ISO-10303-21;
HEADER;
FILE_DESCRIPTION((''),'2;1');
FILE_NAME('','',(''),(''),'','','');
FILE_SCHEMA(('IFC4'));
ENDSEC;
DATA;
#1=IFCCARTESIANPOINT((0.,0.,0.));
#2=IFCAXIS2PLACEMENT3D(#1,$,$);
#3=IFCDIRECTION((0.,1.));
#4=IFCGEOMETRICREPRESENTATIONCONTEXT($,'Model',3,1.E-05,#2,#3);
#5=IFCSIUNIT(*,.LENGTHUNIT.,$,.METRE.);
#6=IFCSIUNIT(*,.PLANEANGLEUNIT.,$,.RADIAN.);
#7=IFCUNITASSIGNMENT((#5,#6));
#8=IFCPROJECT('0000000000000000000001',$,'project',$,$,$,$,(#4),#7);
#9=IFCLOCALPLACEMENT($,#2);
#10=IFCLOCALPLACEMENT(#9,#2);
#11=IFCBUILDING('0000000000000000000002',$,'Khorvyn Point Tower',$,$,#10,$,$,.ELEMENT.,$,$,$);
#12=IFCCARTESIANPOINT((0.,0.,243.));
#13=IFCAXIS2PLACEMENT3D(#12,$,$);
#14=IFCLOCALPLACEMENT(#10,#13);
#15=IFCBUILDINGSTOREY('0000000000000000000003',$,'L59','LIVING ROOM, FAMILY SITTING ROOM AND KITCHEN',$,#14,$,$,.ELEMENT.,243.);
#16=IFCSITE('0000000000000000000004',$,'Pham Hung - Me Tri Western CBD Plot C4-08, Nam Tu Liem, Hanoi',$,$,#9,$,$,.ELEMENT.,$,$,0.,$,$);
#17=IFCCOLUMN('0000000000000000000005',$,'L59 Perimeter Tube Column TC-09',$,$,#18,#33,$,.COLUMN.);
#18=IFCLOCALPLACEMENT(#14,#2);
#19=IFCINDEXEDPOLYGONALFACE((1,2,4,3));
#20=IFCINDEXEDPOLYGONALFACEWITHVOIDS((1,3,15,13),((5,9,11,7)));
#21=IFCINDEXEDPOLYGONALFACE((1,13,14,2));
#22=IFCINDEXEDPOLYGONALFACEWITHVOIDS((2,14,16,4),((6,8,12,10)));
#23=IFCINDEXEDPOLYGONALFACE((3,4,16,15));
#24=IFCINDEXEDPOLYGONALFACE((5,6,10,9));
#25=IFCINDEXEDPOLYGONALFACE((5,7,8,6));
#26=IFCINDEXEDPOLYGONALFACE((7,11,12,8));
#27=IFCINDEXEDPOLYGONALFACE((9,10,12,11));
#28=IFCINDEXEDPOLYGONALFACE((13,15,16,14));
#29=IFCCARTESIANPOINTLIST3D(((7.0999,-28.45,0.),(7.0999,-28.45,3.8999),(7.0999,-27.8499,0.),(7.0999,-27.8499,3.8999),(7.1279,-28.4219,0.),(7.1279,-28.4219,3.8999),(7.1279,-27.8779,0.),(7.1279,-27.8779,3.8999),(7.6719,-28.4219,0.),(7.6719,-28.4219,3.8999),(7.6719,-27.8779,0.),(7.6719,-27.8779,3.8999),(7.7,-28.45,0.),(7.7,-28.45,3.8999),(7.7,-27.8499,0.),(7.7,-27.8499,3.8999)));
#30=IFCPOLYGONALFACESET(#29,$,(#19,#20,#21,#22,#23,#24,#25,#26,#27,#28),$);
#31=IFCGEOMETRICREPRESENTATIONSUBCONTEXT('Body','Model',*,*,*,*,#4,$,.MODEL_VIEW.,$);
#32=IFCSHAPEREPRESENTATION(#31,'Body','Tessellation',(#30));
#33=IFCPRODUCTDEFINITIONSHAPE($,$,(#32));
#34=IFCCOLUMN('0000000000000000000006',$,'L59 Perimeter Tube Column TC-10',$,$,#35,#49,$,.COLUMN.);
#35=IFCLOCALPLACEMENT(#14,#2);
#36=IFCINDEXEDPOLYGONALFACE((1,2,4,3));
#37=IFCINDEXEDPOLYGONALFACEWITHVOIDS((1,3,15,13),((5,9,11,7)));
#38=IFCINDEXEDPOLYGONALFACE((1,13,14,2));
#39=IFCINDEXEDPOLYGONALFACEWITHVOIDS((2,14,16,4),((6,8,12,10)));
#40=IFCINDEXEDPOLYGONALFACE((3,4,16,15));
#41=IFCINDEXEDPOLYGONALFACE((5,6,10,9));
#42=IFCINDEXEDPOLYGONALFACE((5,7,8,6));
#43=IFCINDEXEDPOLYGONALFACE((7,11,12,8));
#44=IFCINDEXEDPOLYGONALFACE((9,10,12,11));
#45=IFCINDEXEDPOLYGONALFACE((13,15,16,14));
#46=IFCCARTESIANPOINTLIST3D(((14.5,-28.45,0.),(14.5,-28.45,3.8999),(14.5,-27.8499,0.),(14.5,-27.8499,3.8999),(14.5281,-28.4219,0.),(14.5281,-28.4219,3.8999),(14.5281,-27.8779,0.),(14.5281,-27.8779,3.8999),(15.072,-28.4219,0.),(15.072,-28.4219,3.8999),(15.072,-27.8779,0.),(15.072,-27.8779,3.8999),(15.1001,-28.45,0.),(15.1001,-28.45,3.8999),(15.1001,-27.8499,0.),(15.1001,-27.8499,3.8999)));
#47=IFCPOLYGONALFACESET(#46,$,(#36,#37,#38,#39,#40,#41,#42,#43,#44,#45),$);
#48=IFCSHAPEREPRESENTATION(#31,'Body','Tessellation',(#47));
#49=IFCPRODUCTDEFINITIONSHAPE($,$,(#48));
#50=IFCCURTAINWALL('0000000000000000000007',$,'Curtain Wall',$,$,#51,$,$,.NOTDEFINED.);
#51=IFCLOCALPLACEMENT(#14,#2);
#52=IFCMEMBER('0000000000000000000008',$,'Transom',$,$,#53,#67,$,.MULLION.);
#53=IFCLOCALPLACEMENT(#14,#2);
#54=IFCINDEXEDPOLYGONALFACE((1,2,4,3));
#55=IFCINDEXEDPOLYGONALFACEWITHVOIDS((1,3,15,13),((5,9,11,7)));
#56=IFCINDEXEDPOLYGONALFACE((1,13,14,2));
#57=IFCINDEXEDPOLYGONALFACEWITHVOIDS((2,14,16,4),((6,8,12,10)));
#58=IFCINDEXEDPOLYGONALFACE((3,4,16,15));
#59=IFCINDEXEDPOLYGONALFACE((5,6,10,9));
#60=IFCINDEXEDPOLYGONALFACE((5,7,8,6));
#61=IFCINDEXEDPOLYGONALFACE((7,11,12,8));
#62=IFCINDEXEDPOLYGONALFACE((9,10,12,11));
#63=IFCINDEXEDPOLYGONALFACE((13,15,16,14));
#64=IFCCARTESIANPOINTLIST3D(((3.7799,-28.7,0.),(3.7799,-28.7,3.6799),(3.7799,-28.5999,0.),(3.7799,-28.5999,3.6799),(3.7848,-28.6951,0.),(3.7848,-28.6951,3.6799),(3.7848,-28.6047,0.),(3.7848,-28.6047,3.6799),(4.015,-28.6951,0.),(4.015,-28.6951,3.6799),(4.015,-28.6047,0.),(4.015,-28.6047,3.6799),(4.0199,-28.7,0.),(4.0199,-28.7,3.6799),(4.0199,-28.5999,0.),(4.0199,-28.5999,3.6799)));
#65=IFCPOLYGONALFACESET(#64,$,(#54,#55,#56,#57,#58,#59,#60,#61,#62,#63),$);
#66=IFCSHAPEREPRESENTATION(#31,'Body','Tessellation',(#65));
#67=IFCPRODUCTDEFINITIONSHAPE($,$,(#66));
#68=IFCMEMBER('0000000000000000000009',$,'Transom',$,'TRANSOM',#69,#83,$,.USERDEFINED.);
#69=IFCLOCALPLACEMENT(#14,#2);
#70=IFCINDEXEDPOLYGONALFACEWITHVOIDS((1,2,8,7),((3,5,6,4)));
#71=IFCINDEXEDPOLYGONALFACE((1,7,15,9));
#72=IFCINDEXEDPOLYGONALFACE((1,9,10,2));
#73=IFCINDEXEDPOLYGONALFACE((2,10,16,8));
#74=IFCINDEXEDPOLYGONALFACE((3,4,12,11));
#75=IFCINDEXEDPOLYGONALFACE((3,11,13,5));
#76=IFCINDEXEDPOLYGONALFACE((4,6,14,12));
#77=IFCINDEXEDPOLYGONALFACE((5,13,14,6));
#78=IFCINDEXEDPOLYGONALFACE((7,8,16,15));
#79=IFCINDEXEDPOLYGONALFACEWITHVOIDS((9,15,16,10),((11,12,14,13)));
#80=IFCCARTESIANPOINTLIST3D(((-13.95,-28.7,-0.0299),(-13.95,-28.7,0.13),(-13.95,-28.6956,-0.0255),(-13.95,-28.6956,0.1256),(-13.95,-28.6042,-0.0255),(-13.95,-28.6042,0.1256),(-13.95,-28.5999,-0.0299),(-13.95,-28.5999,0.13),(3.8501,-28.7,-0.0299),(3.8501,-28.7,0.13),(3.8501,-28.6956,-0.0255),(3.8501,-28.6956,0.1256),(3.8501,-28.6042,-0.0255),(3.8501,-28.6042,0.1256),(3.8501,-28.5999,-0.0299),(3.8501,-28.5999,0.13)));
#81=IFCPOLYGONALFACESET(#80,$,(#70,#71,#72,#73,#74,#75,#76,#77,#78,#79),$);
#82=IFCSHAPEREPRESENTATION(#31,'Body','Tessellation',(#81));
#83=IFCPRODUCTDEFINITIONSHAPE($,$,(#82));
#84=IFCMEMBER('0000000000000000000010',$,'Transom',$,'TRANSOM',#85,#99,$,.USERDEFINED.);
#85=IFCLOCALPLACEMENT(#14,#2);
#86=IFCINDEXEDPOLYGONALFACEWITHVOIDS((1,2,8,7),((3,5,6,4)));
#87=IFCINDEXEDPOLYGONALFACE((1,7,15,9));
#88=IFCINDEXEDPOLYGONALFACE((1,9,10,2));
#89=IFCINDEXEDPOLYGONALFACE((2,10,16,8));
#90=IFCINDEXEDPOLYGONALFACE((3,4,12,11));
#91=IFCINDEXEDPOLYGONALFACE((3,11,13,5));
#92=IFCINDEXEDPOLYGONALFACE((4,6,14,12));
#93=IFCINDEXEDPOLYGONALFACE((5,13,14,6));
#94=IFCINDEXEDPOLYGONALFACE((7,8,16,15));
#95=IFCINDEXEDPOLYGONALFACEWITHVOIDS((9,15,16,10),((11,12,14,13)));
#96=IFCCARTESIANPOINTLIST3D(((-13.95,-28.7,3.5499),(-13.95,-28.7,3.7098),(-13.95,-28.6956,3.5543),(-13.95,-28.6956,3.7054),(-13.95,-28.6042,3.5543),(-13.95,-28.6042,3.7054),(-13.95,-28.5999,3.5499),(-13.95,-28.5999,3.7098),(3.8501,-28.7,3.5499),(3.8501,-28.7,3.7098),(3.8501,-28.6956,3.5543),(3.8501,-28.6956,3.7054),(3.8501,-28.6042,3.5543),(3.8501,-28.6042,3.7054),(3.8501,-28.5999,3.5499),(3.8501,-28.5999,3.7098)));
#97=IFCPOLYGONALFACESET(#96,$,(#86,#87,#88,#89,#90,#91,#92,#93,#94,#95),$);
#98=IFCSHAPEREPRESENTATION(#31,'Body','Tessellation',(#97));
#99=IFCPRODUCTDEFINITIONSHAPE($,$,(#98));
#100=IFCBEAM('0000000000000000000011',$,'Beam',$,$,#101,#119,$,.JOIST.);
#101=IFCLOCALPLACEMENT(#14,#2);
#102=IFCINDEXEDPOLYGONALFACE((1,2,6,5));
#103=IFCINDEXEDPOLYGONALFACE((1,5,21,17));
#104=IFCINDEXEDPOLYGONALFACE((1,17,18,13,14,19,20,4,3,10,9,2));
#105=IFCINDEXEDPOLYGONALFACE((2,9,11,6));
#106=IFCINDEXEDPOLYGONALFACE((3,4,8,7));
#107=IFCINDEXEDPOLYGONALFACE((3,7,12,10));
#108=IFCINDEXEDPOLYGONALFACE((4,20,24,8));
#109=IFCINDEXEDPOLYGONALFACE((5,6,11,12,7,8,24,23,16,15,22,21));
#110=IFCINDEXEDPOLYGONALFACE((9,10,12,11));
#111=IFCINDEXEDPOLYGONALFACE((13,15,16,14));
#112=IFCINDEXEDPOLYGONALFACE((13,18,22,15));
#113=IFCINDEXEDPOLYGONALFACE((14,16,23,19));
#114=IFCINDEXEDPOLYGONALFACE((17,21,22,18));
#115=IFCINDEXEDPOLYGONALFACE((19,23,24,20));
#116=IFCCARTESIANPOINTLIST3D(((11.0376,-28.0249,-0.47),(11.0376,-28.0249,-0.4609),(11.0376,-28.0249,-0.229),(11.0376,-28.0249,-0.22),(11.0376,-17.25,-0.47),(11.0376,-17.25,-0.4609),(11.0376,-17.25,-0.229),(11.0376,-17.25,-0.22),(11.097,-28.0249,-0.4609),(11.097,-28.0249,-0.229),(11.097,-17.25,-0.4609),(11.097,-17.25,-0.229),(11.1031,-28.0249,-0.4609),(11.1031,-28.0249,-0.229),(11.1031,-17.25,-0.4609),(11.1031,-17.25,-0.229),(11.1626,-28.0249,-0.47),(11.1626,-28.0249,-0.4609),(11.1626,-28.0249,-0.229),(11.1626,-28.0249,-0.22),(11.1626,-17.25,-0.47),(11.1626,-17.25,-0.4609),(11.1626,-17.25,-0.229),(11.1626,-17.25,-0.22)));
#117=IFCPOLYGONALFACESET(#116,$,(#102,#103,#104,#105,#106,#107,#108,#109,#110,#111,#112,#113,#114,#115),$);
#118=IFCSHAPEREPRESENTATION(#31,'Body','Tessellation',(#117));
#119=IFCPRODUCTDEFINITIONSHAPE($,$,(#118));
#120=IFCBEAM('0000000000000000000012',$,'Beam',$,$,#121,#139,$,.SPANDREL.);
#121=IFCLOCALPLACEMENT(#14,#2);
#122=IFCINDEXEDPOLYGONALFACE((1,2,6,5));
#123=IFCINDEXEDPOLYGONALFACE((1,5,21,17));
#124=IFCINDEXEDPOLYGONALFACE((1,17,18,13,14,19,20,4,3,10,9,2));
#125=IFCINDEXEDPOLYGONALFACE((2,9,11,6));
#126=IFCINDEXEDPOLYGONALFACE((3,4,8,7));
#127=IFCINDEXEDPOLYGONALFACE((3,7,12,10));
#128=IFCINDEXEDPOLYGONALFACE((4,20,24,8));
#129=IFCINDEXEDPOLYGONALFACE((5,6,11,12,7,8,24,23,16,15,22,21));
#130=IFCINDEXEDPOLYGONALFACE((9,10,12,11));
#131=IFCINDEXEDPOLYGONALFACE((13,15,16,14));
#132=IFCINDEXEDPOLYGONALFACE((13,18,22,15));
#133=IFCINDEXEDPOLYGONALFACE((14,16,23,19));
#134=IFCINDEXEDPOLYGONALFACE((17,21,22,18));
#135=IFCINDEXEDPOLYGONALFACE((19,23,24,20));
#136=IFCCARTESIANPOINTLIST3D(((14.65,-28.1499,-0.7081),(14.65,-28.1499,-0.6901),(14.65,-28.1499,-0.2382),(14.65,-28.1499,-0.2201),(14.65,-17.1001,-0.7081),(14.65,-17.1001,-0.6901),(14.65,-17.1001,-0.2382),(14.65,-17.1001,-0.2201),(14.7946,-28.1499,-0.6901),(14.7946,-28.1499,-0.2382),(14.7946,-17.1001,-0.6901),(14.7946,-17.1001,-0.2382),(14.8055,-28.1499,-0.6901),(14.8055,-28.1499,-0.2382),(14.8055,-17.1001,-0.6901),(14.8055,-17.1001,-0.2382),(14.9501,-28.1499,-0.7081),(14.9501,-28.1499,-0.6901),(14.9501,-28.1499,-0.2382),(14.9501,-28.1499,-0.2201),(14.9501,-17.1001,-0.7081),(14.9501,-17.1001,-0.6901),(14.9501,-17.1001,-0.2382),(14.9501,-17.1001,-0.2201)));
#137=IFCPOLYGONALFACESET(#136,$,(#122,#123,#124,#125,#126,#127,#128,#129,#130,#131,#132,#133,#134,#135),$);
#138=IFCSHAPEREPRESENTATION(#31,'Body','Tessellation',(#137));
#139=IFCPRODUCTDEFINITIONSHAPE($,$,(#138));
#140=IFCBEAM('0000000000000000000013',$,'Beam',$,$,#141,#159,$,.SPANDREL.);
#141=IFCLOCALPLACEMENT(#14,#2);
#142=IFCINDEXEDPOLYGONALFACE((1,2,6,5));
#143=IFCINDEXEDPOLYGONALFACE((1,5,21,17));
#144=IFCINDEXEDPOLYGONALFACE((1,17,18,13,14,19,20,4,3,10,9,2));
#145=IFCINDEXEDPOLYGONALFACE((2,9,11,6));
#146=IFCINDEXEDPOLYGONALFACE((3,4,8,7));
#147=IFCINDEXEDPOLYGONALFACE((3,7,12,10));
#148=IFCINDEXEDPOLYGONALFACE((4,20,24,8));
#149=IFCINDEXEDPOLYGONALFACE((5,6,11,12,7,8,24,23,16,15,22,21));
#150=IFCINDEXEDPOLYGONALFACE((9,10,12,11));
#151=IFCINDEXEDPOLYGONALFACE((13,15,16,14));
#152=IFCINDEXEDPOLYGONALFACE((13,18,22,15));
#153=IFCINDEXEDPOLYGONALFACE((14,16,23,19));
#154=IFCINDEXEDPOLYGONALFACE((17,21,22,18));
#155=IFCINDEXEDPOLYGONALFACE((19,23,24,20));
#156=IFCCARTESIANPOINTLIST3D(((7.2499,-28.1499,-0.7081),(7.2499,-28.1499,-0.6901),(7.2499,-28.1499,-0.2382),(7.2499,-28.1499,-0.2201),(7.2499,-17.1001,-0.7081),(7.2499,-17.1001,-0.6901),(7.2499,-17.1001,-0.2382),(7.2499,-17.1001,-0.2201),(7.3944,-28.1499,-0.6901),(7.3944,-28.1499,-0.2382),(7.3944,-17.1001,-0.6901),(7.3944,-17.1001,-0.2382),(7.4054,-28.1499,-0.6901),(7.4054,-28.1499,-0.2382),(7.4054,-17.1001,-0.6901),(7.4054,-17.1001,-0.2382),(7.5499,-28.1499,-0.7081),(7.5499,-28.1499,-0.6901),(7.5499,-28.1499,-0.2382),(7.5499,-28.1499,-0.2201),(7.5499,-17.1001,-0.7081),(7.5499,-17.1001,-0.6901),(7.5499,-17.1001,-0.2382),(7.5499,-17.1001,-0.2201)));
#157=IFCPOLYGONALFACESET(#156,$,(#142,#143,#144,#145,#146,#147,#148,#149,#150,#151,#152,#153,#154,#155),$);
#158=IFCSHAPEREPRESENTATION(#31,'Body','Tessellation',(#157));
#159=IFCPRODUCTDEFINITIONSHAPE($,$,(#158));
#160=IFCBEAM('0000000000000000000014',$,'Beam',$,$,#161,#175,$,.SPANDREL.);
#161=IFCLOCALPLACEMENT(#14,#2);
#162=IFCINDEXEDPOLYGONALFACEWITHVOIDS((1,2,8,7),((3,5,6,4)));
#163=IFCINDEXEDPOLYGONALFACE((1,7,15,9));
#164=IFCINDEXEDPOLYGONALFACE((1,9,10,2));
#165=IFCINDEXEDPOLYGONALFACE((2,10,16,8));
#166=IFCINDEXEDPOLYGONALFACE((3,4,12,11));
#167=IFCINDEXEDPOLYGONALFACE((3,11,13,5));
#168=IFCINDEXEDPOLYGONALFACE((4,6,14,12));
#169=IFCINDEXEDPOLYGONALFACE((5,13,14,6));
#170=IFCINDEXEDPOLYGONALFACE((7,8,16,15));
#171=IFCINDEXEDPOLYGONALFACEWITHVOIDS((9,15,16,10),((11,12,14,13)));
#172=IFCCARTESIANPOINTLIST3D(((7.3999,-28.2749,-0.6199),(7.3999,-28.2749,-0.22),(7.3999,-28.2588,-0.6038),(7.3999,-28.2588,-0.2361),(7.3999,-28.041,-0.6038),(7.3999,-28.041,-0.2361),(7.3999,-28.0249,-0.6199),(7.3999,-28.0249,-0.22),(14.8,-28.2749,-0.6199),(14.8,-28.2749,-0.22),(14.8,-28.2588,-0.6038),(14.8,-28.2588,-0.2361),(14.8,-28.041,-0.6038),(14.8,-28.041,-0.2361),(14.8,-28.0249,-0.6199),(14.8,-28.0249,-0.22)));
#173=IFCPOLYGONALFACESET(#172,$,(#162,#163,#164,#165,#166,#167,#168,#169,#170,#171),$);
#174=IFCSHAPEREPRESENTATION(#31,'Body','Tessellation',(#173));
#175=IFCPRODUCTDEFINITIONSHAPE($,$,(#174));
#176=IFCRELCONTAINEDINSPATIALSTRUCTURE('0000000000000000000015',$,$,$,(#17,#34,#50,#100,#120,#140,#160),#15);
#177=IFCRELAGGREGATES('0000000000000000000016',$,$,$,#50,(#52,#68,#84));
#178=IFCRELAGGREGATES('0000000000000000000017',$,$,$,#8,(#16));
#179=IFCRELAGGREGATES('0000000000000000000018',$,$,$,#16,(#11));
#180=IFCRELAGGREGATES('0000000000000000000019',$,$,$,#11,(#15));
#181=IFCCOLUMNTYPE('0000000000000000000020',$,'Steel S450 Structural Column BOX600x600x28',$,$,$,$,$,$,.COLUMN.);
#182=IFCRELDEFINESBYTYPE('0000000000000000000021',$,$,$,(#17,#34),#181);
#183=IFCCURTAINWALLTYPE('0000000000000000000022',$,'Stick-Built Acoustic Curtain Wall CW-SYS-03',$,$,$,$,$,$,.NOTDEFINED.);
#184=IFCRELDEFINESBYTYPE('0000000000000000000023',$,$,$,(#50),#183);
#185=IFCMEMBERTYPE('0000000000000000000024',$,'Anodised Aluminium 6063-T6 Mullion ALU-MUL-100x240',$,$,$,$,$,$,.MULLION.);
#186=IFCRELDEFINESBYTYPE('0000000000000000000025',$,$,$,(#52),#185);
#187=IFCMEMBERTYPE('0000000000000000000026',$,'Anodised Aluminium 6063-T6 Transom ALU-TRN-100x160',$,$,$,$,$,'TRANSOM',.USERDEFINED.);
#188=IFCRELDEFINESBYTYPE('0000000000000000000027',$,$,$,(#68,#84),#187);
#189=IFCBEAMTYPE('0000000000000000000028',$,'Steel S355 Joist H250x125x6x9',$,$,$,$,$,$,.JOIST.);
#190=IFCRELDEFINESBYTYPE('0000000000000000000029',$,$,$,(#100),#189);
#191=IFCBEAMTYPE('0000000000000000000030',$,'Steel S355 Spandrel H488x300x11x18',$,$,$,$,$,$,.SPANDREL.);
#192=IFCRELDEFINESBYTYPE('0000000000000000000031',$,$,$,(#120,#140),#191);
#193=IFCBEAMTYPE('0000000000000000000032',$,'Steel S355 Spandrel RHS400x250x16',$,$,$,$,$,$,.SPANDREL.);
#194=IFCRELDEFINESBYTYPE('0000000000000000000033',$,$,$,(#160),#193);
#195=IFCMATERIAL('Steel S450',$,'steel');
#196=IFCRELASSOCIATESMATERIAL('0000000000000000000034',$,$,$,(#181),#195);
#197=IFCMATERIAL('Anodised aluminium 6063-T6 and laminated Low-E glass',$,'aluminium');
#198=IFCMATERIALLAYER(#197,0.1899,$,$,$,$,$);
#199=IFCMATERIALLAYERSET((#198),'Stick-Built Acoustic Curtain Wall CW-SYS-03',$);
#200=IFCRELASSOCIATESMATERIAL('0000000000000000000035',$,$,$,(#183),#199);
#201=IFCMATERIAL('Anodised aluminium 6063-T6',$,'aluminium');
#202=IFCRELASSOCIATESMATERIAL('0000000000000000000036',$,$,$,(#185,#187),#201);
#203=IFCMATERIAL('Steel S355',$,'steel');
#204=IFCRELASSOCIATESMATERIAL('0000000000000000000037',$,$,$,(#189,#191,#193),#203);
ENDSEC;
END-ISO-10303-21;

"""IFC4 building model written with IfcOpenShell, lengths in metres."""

from ifc_helpers import new_model, si_unit, direction, frame, origin, origin_2d, place, context, subcontext, project, spatial, hollow_rectangle, i_section, extrude, material, layer, layer_set, material_profile, profile_set, type_object, element, aggregate, save


model = new_model("IFC4")

# Units and contexts
model_context = context("Model", 3, precision=1e-05, world=origin(), true_north=direction((0.0, 1.0)))
body_context = subcontext(model_context, "Body", "Model", "MODEL_VIEW")
ifc_project = project(units=[si_unit("LENGTHUNIT", "METRE"), si_unit("PLANEANGLEUNIT", "RADIAN")], contexts=[model_context])

# Site, building, storey
site_placement = place(None, origin())
site = spatial("IfcSite", under=ifc_project, at=site_placement, Name="Pham Hung - Me Tri Western CBD Plot C4-08, Nam Tu Liem, Hanoi", CompositionType="ELEMENT", RefElevation=0.0)
building_placement = place(site_placement, origin())
building = spatial("IfcBuilding", under=site, at=building_placement, Name="Khorvyn Point Tower", CompositionType="ELEMENT")
storey_placement = place(building_placement, frame((0.0, 0.0, 243.0)))
storey = spatial("IfcBuildingStorey", under=building, at=storey_placement, Name="L59", Description="LIVING ROOM, FAMILY SITTING ROOM AND KITCHEN", CompositionType="ELEMENT", Elevation=243.0)

# Columns
ifc_material_1 = material(Name="Steel S450", Category="steel")
ifc_material_profile_1 = material_profile(ifc_material_1, hollow_rectangle(XDim=0.6001, YDim=0.6001, WallThickness=0.0281, at=origin_2d()))
ifc_profile_set_1 = profile_set([ifc_material_profile_1], Name="Steel S450 BOX600x600x28")
column_type = type_object("IfcColumnType", Name="Steel S450 Structural Column BOX600x600x28", PredefinedType="COLUMN", material=ifc_profile_set_1)
for number, where, z_axis, x_axis, name in (
    (1, (7.3999, -28.1499, 0.0), (0.0, 0.0, 1.0), (1.0, 0.0, 0.0), "L59 Perimeter Tube Column TC-09"),
    (2, (14.8, -28.1499, 0.0), (0.0, 0.0, 1.0), (1.0, 0.0, 0.0), "L59 Perimeter Tube Column TC-10"),
):
    element("IfcColumn", number, at=place(storey_placement, frame(where, z_axis=z_axis, x_axis=x_axis)), inside=storey, type_object=column_type, Name=name, PredefinedType="COLUMN", context=body_context, shape_type="SweptSolid", body=[
        extrude(hollow_rectangle(XDim=0.6001, YDim=0.6001, WallThickness=0.0281, at=origin_2d()), origin(), (0.0, 0.0, 1.0), 3.8999),
    ])

# Curtain wall, members
ifc_material_2 = material(Name="Anodised aluminium 6063-T6 and laminated Low-E glass", Category="aluminium")
ifc_layer_1 = layer(ifc_material_2, 0.1899)
ifc_layer_set_1 = layer_set([ifc_layer_1], Name="Stick-Built Acoustic Curtain Wall CW-SYS-03")
curtain_wall_type = type_object("IfcCurtainWallType", Name="Stick-Built Acoustic Curtain Wall CW-SYS-03", PredefinedType="NOTDEFINED", material=ifc_layer_set_1)
curtain_wall_placement = place(storey_placement, origin())
curtain_wall = element("IfcCurtainWall", 3, at=curtain_wall_placement, inside=storey, type_object=curtain_wall_type, Name="Curtain Wall", PredefinedType="NOTDEFINED")
ifc_material_3 = material(Name="Anodised aluminium 6063-T6", Category="aluminium")
ifc_material_profile_2 = material_profile(ifc_material_3, hollow_rectangle(XDim=0.1001, YDim=0.24, WallThickness=0.0049, at=origin_2d()))
ifc_profile_set_2 = profile_set([ifc_material_profile_2], Name="Anodised aluminium 6063-T6 ALU-MUL-100x240")
member_type_1 = type_object("IfcMemberType", Name="Anodised Aluminium 6063-T6 Mullion ALU-MUL-100x240", PredefinedType="MULLION", material=ifc_profile_set_2)
member_1_placement = place(storey_placement, frame((3.8999, -28.6499, 0.0), z_axis=(0.0, 0.0, 1.0), x_axis=(0.0, -1.0, 0.0)))
member_1 = element("IfcMember", 4, at=member_1_placement, type_object=member_type_1, Name="Transom", PredefinedType="MULLION", context=body_context, shape_type="SweptSolid", body=[
    extrude(hollow_rectangle(XDim=0.1001, YDim=0.24, WallThickness=0.0049, at=origin_2d()), origin(), (0.0, 0.0, 1.0), 3.6799),
])
ifc_material_profile_3 = material_profile(ifc_material_3, hollow_rectangle(XDim=0.1001, YDim=0.1599, WallThickness=0.0044, at=origin_2d()))
ifc_profile_set_3 = profile_set([ifc_material_profile_3], Name="Anodised aluminium 6063-T6 ALU-TRN-100x160")
member_type_2 = type_object("IfcMemberType", Name="Anodised Aluminium 6063-T6 Transom ALU-TRN-100x160", ElementType="TRANSOM", PredefinedType="USERDEFINED", material=ifc_profile_set_3)
member_2_placement = place(storey_placement, frame((3.8501, -28.6499, 0.05), z_axis=(-1.0, 0.0, 0.0), x_axis=(0.0, -1.0, 0.0)))
member_2 = element("IfcMember", 5, at=member_2_placement, type_object=member_type_2, Name="Transom", ObjectType="TRANSOM", PredefinedType="USERDEFINED", context=body_context, shape_type="SweptSolid", body=[
    extrude(hollow_rectangle(XDim=0.1001, YDim=0.1599, WallThickness=0.0044, at=origin_2d()), origin(), (0.0, 0.0, 1.0), 17.8),
])
member_3_placement = place(storey_placement, frame((3.8501, -28.6499, 3.6299), z_axis=(-1.0, 0.0, 0.0), x_axis=(0.0, -1.0, 0.0)))
member_3 = element("IfcMember", 6, at=member_3_placement, type_object=member_type_2, Name="Transom", ObjectType="TRANSOM", PredefinedType="USERDEFINED", context=body_context, shape_type="SweptSolid", body=[
    extrude(hollow_rectangle(XDim=0.1001, YDim=0.1599, WallThickness=0.0044, at=origin_2d()), origin(), (0.0, 0.0, 1.0), 17.8),
])

# Beams
ifc_material_4 = material(Name="Steel S355", Category="steel")
ifc_material_profile_4 = material_profile(ifc_material_4, i_section(OverallWidth=0.125, OverallDepth=0.25, WebThickness=0.0061, FlangeThickness=0.009, at=origin_2d()))
ifc_profile_set_4 = profile_set([ifc_material_profile_4], Name="Steel S355 H250x125x6x9")
beam_type_1 = type_object("IfcBeamType", Name="Steel S355 Joist H250x125x6x9", PredefinedType="JOIST", material=ifc_profile_set_4)
beam_1_placement = place(storey_placement, frame((11.1001, -28.0249, -0.345), z_axis=(0.0, 1.0, 0.0), x_axis=(-1.0, 0.0, 0.0)))
element("IfcBeam", 7, at=beam_1_placement, inside=storey, type_object=beam_type_1, Name="Beam", PredefinedType="JOIST", context=body_context, shape_type="SweptSolid", body=[
    extrude(i_section(OverallWidth=0.125, OverallDepth=0.25, WebThickness=0.0061, FlangeThickness=0.009, at=origin_2d()), origin(), (0.0, 0.0, 1.0), 10.7749),
])
ifc_material_profile_5 = material_profile(ifc_material_4, i_section(OverallWidth=0.3, OverallDepth=0.488, WebThickness=0.011, FlangeThickness=0.0181, at=origin_2d()))
ifc_profile_set_5 = profile_set([ifc_material_profile_5], Name="Steel S355 H488x300x11x18")
beam_type_2 = type_object("IfcBeamType", Name="Steel S355 Spandrel H488x300x11x18", PredefinedType="SPANDREL", material=ifc_profile_set_5)
for number, where, z_axis, x_axis, name in (
    (8, (14.8, -28.1499, -0.4641), (0.0, 1.0, 0.0), (-1.0, 0.0, 0.0), "Beam"),
    (9, (7.3999, -28.1499, -0.4641), (0.0, 1.0, 0.0), (-1.0, 0.0, 0.0), "Beam"),
):
    element("IfcBeam", number, at=place(storey_placement, frame(where, z_axis=z_axis, x_axis=x_axis)), inside=storey, type_object=beam_type_2, Name=name, PredefinedType="SPANDREL", context=body_context, shape_type="SweptSolid", body=[
        extrude(i_section(OverallWidth=0.3, OverallDepth=0.488, WebThickness=0.011, FlangeThickness=0.0181, at=origin_2d()), origin(), (0.0, 0.0, 1.0), 11.0498),
    ])
ifc_material_profile_6 = material_profile(ifc_material_4, hollow_rectangle(XDim=0.25, YDim=0.3999, WallThickness=0.0161, at=origin_2d()))
ifc_profile_set_6 = profile_set([ifc_material_profile_6], Name="Steel S355 RHS400x250x16")
beam_type_3 = type_object("IfcBeamType", Name="Steel S355 Spandrel RHS400x250x16", PredefinedType="SPANDREL", material=ifc_profile_set_6)
beam_2_placement = place(storey_placement, frame((7.3999, -28.1499, -0.4199), z_axis=(1.0, 0.0, 0.0), x_axis=(0.0, 1.0, 0.0)))
element("IfcBeam", 10, at=beam_2_placement, inside=storey, type_object=beam_type_3, Name="Beam", PredefinedType="SPANDREL", context=body_context, shape_type="SweptSolid", body=[
    extrude(hollow_rectangle(XDim=0.25, YDim=0.3999, WallThickness=0.0161, at=origin_2d()), origin(), (0.0, 0.0, 1.0), 7.4001),
])

aggregate(curtain_wall, [member_1, member_2, member_3])

save(model, "model.ifc")
